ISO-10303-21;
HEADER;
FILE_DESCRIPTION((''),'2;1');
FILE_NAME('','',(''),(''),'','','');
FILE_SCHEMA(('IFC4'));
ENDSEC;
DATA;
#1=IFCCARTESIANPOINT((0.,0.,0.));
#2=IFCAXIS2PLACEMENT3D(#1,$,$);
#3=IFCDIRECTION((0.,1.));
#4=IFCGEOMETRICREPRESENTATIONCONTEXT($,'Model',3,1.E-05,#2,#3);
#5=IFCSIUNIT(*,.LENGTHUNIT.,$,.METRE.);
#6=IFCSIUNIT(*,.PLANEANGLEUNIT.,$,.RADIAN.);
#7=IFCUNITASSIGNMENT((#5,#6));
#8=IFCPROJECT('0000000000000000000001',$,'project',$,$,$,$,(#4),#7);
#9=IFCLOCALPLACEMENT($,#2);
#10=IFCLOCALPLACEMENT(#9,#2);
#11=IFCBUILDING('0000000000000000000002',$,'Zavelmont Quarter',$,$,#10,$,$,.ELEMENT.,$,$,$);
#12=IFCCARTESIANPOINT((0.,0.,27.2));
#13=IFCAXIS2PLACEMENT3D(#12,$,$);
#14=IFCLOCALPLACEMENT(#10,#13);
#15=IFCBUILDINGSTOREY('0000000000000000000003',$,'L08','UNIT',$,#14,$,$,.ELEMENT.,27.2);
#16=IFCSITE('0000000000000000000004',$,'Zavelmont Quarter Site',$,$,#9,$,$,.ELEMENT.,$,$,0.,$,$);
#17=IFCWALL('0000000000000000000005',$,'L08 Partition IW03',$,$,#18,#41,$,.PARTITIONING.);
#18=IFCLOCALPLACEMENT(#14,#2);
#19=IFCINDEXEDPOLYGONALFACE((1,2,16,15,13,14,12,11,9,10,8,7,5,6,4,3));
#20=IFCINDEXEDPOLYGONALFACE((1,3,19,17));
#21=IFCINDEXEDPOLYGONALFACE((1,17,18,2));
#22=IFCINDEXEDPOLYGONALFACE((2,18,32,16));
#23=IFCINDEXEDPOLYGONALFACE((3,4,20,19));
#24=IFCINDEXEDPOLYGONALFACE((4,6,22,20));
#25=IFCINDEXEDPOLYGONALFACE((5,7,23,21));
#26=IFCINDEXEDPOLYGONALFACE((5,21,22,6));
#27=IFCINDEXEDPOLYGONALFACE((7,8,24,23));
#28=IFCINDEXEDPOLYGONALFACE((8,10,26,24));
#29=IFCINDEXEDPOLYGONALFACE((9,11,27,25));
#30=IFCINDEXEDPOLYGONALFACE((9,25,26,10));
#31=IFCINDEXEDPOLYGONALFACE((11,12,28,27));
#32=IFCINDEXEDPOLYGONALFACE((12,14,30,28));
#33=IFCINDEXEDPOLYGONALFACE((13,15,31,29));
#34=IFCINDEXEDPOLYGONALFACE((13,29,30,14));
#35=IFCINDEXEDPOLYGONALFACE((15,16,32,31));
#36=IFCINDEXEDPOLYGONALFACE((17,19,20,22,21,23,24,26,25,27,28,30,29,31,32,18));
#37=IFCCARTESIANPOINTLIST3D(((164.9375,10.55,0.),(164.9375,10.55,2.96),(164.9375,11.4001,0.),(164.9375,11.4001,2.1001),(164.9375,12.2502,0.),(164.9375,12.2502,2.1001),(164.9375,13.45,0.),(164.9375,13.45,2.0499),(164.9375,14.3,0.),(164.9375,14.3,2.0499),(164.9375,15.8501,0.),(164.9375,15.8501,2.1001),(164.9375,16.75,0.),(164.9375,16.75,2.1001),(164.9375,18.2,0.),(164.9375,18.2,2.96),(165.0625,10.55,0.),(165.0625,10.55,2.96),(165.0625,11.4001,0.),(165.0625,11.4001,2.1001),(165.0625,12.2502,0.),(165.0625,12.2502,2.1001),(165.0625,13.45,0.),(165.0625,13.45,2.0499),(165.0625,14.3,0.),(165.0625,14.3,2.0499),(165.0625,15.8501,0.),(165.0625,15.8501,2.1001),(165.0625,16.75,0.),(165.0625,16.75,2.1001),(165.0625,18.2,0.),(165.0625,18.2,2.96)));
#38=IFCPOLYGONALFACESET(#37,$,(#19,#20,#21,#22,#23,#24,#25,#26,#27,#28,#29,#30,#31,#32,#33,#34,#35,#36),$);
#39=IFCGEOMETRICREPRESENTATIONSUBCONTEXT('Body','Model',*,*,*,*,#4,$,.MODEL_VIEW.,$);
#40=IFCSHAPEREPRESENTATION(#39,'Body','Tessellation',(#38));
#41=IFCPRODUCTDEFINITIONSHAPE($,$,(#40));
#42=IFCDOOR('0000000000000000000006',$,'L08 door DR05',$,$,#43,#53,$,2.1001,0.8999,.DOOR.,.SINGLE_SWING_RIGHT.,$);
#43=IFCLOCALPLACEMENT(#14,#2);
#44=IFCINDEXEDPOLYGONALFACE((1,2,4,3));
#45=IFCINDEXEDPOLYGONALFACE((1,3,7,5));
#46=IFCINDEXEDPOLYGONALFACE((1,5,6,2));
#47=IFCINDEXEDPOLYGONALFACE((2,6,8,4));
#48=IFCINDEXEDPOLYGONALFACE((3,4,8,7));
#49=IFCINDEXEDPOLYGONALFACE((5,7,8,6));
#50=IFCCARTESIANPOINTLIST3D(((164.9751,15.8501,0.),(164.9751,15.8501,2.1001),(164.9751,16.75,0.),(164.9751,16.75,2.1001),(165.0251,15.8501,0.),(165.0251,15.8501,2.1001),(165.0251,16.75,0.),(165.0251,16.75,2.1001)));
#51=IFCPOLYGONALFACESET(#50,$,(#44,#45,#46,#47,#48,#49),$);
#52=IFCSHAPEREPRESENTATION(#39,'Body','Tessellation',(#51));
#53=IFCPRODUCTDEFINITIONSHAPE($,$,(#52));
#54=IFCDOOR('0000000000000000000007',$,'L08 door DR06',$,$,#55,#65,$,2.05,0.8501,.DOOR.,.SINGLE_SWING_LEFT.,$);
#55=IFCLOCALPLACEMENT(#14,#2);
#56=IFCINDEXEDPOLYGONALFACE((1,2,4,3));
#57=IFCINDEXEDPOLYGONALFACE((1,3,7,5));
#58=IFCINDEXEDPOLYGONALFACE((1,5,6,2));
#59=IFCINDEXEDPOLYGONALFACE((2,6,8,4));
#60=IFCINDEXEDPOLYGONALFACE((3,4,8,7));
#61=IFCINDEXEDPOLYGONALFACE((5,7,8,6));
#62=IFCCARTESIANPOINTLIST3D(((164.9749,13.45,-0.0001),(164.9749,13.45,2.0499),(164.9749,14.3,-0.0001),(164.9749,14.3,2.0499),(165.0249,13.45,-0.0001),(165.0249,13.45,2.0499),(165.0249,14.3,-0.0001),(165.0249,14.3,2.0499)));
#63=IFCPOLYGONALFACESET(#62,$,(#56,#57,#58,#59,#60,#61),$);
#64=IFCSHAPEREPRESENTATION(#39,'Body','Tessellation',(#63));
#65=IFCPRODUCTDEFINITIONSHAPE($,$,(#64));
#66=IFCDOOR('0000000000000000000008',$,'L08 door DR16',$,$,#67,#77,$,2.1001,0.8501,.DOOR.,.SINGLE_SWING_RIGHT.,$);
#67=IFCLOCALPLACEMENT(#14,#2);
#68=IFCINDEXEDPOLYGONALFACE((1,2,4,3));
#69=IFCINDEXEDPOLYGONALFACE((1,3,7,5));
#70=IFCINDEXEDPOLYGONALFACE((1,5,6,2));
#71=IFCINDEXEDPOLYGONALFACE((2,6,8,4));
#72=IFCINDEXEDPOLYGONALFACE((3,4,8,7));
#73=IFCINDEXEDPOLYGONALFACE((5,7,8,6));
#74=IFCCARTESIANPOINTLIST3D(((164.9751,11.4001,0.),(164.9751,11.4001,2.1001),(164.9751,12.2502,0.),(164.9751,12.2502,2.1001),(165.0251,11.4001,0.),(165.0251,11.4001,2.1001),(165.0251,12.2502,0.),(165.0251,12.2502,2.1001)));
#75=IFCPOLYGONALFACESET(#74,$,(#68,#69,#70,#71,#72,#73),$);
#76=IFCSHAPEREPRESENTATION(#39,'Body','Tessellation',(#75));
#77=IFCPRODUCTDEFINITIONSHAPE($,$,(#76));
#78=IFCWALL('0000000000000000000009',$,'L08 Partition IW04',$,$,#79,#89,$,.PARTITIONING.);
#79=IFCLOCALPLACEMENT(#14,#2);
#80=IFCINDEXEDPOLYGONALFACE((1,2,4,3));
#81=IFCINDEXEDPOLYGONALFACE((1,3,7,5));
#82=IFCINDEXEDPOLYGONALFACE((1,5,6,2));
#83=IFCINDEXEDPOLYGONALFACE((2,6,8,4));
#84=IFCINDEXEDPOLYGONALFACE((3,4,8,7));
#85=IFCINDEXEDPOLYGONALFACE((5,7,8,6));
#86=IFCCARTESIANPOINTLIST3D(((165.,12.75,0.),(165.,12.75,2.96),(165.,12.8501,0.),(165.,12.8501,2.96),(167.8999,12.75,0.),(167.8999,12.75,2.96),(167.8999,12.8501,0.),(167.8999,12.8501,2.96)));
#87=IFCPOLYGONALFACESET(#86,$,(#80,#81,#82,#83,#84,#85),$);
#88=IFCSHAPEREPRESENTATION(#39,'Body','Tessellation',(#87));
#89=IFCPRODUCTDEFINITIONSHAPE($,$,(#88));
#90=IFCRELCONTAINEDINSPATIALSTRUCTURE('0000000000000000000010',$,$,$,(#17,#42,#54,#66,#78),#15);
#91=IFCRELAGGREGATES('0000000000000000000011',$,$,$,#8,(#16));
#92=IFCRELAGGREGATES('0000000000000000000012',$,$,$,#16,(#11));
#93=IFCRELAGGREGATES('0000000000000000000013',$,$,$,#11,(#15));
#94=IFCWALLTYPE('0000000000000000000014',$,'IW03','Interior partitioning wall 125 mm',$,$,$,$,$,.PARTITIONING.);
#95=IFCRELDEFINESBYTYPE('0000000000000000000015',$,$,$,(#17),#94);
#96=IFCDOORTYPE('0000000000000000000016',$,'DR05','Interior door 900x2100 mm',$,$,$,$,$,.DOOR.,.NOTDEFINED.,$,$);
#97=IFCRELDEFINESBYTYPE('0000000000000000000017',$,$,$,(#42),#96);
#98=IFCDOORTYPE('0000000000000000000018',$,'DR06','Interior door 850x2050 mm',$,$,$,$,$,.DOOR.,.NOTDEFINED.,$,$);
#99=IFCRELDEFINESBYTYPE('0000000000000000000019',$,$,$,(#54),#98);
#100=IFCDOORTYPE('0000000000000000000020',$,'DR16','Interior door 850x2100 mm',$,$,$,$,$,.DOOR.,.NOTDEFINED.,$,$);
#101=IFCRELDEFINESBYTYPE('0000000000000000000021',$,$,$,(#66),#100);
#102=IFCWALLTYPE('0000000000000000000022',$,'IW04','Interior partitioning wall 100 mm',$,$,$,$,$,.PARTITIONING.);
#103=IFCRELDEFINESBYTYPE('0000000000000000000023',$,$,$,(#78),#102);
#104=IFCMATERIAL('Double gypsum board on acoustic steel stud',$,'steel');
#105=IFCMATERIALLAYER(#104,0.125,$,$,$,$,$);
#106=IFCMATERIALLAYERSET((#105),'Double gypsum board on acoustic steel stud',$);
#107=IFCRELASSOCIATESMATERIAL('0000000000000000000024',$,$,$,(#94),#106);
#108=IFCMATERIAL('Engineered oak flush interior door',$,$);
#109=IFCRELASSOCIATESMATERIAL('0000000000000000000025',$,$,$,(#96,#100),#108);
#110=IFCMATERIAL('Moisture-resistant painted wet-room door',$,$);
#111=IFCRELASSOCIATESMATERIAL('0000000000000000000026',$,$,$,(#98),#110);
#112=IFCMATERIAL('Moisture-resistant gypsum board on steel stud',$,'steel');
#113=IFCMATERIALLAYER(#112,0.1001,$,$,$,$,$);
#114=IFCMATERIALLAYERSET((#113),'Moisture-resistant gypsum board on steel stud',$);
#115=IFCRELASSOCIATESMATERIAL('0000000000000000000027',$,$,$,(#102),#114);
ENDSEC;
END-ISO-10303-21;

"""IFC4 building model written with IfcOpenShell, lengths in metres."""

from ifc_helpers import new_model, si_unit, direction, frame, frame_2d, origin, origin_with_axes, place, context, subcontext, project, spatial, rectangle, extrude, material, layer, layer_set, type_object, element, fill, save


model = new_model("IFC4")

# Units and contexts
model_context = context("Model", 3, precision=1e-05, world=origin(), true_north=direction((0.0, 1.0)))
body_context = subcontext(model_context, "Body", "Model", "MODEL_VIEW")
ifc_project = project(units=[si_unit("LENGTHUNIT", "METRE"), si_unit("PLANEANGLEUNIT", "RADIAN")], contexts=[model_context])

# Site, building, storey
site_placement = place(None, origin())
site = spatial("IfcSite", under=ifc_project, at=site_placement, Name="Zavelmont Quarter Site", CompositionType="ELEMENT", RefElevation=0.0)
building_placement = place(site_placement, origin())
building = spatial("IfcBuilding", under=site, at=building_placement, Name="Zavelmont Quarter", CompositionType="ELEMENT")
storey_placement = place(building_placement, frame((0.0, 0.0, 27.2)))
storey = spatial("IfcBuildingStorey", under=building, at=storey_placement, Name="L08", Description="UNIT", CompositionType="ELEMENT", Elevation=27.2)

# Wall, openings, doors
ifc_material_1 = material(Name="Double gypsum board on acoustic steel stud", Category="steel")
ifc_layer_1 = layer(ifc_material_1, 0.125)
ifc_layer_set_1 = layer_set([ifc_layer_1], Name="Double gypsum board on acoustic steel stud")
wall_type_1 = type_object("IfcWallType", Name="IW03", Description="Interior partitioning wall 125 mm", PredefinedType="PARTITIONING", material=ifc_layer_set_1)
wall_1_placement = place(storey_placement, frame((165.0, 10.55, 0.0), z_axis=(0.0, 0.0, 1.0), x_axis=(0.0, 1.0, 0.0)))
wall_1 = element("IfcWall", 1, at=wall_1_placement, inside=storey, type_object=wall_type_1, Name="L08 Partition IW03", PredefinedType="PARTITIONING", context=body_context, shape_type="SweptSolid", body=[
    extrude(rectangle(XDim=7.6499, YDim=0.125, at=frame_2d((3.825, 0.0))), origin(), (0.0, 0.0, 1.0), 2.96),
])
opening_1_placement = place(wall_1_placement, frame((0.8501, 0.0, 0.0)))
opening_1 = element("IfcOpeningElement", 2, at=opening_1_placement, cuts=wall_1, PredefinedType="OPENING", context=body_context, shape_type="SweptSolid", body=[
    extrude(rectangle(XDim=0.8501, YDim=2.1001, at=frame_2d((0.425, 1.05))), frame((0.0, 0.0745, 0.0), z_axis=(0.0, -1.0, 0.0), x_axis=(1.0, 0.0, 0.0)), (0.0, 0.0, 1.0), 0.1489),
])
opening_2_placement = place(wall_1_placement, frame((2.8999, 0.0, 0.0)))
opening_2 = element("IfcOpeningElement", 3, at=opening_2_placement, cuts=wall_1, PredefinedType="OPENING", context=body_context, shape_type="SweptSolid", body=[
    extrude(rectangle(XDim=0.8501, YDim=2.05, at=frame_2d((0.425, 1.0249))), frame((0.0, 0.0745, 0.0), z_axis=(0.0, -1.0, 0.0), x_axis=(1.0, 0.0, 0.0)), (0.0, 0.0, 1.0), 0.1489),
])
opening_3_placement = place(wall_1_placement, frame((5.3, 0.0, 0.0)))
opening_3 = element("IfcOpeningElement", 4, at=opening_3_placement, cuts=wall_1, PredefinedType="OPENING", context=body_context, shape_type="SweptSolid", body=[
    extrude(rectangle(XDim=0.8999, YDim=2.1001, at=frame_2d((0.45, 1.05))), frame((0.0, 0.0745, 0.0), z_axis=(0.0, -1.0, 0.0), x_axis=(1.0, 0.0, 0.0)), (0.0, 0.0, 1.0), 0.1489),
])
ifc_material_2 = material(Name="Engineered oak flush interior door")
door_type_1 = type_object("IfcDoorType", Name="DR05", Description="Interior door 900x2100 mm", OperationType="NOTDEFINED", PredefinedType="DOOR", material=ifc_material_2)
door_1_placement = place(opening_3_placement, origin_with_axes())
door_1 = element("IfcDoor", 5, at=door_1_placement, inside=storey, type_object=door_type_1, Name="L08 door DR05", OperationType="SINGLE_SWING_RIGHT", OverallHeight=2.1001, OverallWidth=0.8999, PredefinedType="DOOR", context=body_context, shape_type="SweptSolid", body=[
    extrude(rectangle(XDim=0.8999, YDim=2.1001, at=frame_2d((0.45, 1.05))), frame((0.0, 0.0249, 0.0), z_axis=(0.0, -1.0, 0.0), x_axis=(1.0, 0.0, 0.0)), (0.0, 0.0, 1.0), 0.05),
])
fill(opening_3, door_1)
ifc_material_3 = material(Name="Moisture-resistant painted wet-room door")
door_type_2 = type_object("IfcDoorType", Name="DR06", Description="Interior door 850x2050 mm", OperationType="NOTDEFINED", PredefinedType="DOOR", material=ifc_material_3)
door_2_placement = place(opening_2_placement, frame((0.8501, 0.0, 0.0), z_axis=(0.0, 0.0, 1.0), x_axis=(-1.0, 0.0, 0.0)))
door_2 = element("IfcDoor", 6, at=door_2_placement, inside=storey, type_object=door_type_2, Name="L08 door DR06", OperationType="SINGLE_SWING_LEFT", OverallHeight=2.05, OverallWidth=0.8501, PredefinedType="DOOR", context=body_context, shape_type="SweptSolid", body=[
    extrude(rectangle(XDim=0.8501, YDim=2.05, at=frame_2d((0.425, 1.0249))), frame((0.0, 0.0249, 0.0), z_axis=(0.0, -1.0, 0.0), x_axis=(1.0, 0.0, 0.0)), (0.0, 0.0, 1.0), 0.05),
])
fill(opening_2, door_2)
door_type_3 = type_object("IfcDoorType", Name="DR16", Description="Interior door 850x2100 mm", OperationType="NOTDEFINED", PredefinedType="DOOR", material=ifc_material_2)
door_3_placement = place(opening_1_placement, origin_with_axes())
door_3 = element("IfcDoor", 7, at=door_3_placement, inside=storey, type_object=door_type_3, Name="L08 door DR16", OperationType="SINGLE_SWING_RIGHT", OverallHeight=2.1001, OverallWidth=0.8501, PredefinedType="DOOR", context=body_context, shape_type="SweptSolid", body=[
    extrude(rectangle(XDim=0.8501, YDim=2.1001, at=frame_2d((0.425, 1.05))), frame((0.0, 0.0249, 0.0), z_axis=(0.0, -1.0, 0.0), x_axis=(1.0, 0.0, 0.0)), (0.0, 0.0, 1.0), 0.05),
])
fill(opening_1, door_3)

# Wall
ifc_material_4 = material(Name="Moisture-resistant gypsum board on steel stud", Category="steel")
ifc_layer_2 = layer(ifc_material_4, 0.1001)
ifc_layer_set_2 = layer_set([ifc_layer_2], Name="Moisture-resistant gypsum board on steel stud")
wall_type_2 = type_object("IfcWallType", Name="IW04", Description="Interior partitioning wall 100 mm", PredefinedType="PARTITIONING", material=ifc_layer_set_2)
wall_2_placement = place(storey_placement, frame((165.0, 12.8, 0.0), z_axis=(0.0, 0.0, 1.0), x_axis=(1.0, 0.0, 0.0)))
element("IfcWall", 8, at=wall_2_placement, inside=storey, type_object=wall_type_2, Name="L08 Partition IW04", PredefinedType="PARTITIONING", context=body_context, shape_type="SweptSolid", body=[
    extrude(rectangle(XDim=2.8999, YDim=0.1001, at=frame_2d((1.45, 0.0))), origin(), (0.0, 0.0, 1.0), 2.96),
])

save(model, "model.ifc")
